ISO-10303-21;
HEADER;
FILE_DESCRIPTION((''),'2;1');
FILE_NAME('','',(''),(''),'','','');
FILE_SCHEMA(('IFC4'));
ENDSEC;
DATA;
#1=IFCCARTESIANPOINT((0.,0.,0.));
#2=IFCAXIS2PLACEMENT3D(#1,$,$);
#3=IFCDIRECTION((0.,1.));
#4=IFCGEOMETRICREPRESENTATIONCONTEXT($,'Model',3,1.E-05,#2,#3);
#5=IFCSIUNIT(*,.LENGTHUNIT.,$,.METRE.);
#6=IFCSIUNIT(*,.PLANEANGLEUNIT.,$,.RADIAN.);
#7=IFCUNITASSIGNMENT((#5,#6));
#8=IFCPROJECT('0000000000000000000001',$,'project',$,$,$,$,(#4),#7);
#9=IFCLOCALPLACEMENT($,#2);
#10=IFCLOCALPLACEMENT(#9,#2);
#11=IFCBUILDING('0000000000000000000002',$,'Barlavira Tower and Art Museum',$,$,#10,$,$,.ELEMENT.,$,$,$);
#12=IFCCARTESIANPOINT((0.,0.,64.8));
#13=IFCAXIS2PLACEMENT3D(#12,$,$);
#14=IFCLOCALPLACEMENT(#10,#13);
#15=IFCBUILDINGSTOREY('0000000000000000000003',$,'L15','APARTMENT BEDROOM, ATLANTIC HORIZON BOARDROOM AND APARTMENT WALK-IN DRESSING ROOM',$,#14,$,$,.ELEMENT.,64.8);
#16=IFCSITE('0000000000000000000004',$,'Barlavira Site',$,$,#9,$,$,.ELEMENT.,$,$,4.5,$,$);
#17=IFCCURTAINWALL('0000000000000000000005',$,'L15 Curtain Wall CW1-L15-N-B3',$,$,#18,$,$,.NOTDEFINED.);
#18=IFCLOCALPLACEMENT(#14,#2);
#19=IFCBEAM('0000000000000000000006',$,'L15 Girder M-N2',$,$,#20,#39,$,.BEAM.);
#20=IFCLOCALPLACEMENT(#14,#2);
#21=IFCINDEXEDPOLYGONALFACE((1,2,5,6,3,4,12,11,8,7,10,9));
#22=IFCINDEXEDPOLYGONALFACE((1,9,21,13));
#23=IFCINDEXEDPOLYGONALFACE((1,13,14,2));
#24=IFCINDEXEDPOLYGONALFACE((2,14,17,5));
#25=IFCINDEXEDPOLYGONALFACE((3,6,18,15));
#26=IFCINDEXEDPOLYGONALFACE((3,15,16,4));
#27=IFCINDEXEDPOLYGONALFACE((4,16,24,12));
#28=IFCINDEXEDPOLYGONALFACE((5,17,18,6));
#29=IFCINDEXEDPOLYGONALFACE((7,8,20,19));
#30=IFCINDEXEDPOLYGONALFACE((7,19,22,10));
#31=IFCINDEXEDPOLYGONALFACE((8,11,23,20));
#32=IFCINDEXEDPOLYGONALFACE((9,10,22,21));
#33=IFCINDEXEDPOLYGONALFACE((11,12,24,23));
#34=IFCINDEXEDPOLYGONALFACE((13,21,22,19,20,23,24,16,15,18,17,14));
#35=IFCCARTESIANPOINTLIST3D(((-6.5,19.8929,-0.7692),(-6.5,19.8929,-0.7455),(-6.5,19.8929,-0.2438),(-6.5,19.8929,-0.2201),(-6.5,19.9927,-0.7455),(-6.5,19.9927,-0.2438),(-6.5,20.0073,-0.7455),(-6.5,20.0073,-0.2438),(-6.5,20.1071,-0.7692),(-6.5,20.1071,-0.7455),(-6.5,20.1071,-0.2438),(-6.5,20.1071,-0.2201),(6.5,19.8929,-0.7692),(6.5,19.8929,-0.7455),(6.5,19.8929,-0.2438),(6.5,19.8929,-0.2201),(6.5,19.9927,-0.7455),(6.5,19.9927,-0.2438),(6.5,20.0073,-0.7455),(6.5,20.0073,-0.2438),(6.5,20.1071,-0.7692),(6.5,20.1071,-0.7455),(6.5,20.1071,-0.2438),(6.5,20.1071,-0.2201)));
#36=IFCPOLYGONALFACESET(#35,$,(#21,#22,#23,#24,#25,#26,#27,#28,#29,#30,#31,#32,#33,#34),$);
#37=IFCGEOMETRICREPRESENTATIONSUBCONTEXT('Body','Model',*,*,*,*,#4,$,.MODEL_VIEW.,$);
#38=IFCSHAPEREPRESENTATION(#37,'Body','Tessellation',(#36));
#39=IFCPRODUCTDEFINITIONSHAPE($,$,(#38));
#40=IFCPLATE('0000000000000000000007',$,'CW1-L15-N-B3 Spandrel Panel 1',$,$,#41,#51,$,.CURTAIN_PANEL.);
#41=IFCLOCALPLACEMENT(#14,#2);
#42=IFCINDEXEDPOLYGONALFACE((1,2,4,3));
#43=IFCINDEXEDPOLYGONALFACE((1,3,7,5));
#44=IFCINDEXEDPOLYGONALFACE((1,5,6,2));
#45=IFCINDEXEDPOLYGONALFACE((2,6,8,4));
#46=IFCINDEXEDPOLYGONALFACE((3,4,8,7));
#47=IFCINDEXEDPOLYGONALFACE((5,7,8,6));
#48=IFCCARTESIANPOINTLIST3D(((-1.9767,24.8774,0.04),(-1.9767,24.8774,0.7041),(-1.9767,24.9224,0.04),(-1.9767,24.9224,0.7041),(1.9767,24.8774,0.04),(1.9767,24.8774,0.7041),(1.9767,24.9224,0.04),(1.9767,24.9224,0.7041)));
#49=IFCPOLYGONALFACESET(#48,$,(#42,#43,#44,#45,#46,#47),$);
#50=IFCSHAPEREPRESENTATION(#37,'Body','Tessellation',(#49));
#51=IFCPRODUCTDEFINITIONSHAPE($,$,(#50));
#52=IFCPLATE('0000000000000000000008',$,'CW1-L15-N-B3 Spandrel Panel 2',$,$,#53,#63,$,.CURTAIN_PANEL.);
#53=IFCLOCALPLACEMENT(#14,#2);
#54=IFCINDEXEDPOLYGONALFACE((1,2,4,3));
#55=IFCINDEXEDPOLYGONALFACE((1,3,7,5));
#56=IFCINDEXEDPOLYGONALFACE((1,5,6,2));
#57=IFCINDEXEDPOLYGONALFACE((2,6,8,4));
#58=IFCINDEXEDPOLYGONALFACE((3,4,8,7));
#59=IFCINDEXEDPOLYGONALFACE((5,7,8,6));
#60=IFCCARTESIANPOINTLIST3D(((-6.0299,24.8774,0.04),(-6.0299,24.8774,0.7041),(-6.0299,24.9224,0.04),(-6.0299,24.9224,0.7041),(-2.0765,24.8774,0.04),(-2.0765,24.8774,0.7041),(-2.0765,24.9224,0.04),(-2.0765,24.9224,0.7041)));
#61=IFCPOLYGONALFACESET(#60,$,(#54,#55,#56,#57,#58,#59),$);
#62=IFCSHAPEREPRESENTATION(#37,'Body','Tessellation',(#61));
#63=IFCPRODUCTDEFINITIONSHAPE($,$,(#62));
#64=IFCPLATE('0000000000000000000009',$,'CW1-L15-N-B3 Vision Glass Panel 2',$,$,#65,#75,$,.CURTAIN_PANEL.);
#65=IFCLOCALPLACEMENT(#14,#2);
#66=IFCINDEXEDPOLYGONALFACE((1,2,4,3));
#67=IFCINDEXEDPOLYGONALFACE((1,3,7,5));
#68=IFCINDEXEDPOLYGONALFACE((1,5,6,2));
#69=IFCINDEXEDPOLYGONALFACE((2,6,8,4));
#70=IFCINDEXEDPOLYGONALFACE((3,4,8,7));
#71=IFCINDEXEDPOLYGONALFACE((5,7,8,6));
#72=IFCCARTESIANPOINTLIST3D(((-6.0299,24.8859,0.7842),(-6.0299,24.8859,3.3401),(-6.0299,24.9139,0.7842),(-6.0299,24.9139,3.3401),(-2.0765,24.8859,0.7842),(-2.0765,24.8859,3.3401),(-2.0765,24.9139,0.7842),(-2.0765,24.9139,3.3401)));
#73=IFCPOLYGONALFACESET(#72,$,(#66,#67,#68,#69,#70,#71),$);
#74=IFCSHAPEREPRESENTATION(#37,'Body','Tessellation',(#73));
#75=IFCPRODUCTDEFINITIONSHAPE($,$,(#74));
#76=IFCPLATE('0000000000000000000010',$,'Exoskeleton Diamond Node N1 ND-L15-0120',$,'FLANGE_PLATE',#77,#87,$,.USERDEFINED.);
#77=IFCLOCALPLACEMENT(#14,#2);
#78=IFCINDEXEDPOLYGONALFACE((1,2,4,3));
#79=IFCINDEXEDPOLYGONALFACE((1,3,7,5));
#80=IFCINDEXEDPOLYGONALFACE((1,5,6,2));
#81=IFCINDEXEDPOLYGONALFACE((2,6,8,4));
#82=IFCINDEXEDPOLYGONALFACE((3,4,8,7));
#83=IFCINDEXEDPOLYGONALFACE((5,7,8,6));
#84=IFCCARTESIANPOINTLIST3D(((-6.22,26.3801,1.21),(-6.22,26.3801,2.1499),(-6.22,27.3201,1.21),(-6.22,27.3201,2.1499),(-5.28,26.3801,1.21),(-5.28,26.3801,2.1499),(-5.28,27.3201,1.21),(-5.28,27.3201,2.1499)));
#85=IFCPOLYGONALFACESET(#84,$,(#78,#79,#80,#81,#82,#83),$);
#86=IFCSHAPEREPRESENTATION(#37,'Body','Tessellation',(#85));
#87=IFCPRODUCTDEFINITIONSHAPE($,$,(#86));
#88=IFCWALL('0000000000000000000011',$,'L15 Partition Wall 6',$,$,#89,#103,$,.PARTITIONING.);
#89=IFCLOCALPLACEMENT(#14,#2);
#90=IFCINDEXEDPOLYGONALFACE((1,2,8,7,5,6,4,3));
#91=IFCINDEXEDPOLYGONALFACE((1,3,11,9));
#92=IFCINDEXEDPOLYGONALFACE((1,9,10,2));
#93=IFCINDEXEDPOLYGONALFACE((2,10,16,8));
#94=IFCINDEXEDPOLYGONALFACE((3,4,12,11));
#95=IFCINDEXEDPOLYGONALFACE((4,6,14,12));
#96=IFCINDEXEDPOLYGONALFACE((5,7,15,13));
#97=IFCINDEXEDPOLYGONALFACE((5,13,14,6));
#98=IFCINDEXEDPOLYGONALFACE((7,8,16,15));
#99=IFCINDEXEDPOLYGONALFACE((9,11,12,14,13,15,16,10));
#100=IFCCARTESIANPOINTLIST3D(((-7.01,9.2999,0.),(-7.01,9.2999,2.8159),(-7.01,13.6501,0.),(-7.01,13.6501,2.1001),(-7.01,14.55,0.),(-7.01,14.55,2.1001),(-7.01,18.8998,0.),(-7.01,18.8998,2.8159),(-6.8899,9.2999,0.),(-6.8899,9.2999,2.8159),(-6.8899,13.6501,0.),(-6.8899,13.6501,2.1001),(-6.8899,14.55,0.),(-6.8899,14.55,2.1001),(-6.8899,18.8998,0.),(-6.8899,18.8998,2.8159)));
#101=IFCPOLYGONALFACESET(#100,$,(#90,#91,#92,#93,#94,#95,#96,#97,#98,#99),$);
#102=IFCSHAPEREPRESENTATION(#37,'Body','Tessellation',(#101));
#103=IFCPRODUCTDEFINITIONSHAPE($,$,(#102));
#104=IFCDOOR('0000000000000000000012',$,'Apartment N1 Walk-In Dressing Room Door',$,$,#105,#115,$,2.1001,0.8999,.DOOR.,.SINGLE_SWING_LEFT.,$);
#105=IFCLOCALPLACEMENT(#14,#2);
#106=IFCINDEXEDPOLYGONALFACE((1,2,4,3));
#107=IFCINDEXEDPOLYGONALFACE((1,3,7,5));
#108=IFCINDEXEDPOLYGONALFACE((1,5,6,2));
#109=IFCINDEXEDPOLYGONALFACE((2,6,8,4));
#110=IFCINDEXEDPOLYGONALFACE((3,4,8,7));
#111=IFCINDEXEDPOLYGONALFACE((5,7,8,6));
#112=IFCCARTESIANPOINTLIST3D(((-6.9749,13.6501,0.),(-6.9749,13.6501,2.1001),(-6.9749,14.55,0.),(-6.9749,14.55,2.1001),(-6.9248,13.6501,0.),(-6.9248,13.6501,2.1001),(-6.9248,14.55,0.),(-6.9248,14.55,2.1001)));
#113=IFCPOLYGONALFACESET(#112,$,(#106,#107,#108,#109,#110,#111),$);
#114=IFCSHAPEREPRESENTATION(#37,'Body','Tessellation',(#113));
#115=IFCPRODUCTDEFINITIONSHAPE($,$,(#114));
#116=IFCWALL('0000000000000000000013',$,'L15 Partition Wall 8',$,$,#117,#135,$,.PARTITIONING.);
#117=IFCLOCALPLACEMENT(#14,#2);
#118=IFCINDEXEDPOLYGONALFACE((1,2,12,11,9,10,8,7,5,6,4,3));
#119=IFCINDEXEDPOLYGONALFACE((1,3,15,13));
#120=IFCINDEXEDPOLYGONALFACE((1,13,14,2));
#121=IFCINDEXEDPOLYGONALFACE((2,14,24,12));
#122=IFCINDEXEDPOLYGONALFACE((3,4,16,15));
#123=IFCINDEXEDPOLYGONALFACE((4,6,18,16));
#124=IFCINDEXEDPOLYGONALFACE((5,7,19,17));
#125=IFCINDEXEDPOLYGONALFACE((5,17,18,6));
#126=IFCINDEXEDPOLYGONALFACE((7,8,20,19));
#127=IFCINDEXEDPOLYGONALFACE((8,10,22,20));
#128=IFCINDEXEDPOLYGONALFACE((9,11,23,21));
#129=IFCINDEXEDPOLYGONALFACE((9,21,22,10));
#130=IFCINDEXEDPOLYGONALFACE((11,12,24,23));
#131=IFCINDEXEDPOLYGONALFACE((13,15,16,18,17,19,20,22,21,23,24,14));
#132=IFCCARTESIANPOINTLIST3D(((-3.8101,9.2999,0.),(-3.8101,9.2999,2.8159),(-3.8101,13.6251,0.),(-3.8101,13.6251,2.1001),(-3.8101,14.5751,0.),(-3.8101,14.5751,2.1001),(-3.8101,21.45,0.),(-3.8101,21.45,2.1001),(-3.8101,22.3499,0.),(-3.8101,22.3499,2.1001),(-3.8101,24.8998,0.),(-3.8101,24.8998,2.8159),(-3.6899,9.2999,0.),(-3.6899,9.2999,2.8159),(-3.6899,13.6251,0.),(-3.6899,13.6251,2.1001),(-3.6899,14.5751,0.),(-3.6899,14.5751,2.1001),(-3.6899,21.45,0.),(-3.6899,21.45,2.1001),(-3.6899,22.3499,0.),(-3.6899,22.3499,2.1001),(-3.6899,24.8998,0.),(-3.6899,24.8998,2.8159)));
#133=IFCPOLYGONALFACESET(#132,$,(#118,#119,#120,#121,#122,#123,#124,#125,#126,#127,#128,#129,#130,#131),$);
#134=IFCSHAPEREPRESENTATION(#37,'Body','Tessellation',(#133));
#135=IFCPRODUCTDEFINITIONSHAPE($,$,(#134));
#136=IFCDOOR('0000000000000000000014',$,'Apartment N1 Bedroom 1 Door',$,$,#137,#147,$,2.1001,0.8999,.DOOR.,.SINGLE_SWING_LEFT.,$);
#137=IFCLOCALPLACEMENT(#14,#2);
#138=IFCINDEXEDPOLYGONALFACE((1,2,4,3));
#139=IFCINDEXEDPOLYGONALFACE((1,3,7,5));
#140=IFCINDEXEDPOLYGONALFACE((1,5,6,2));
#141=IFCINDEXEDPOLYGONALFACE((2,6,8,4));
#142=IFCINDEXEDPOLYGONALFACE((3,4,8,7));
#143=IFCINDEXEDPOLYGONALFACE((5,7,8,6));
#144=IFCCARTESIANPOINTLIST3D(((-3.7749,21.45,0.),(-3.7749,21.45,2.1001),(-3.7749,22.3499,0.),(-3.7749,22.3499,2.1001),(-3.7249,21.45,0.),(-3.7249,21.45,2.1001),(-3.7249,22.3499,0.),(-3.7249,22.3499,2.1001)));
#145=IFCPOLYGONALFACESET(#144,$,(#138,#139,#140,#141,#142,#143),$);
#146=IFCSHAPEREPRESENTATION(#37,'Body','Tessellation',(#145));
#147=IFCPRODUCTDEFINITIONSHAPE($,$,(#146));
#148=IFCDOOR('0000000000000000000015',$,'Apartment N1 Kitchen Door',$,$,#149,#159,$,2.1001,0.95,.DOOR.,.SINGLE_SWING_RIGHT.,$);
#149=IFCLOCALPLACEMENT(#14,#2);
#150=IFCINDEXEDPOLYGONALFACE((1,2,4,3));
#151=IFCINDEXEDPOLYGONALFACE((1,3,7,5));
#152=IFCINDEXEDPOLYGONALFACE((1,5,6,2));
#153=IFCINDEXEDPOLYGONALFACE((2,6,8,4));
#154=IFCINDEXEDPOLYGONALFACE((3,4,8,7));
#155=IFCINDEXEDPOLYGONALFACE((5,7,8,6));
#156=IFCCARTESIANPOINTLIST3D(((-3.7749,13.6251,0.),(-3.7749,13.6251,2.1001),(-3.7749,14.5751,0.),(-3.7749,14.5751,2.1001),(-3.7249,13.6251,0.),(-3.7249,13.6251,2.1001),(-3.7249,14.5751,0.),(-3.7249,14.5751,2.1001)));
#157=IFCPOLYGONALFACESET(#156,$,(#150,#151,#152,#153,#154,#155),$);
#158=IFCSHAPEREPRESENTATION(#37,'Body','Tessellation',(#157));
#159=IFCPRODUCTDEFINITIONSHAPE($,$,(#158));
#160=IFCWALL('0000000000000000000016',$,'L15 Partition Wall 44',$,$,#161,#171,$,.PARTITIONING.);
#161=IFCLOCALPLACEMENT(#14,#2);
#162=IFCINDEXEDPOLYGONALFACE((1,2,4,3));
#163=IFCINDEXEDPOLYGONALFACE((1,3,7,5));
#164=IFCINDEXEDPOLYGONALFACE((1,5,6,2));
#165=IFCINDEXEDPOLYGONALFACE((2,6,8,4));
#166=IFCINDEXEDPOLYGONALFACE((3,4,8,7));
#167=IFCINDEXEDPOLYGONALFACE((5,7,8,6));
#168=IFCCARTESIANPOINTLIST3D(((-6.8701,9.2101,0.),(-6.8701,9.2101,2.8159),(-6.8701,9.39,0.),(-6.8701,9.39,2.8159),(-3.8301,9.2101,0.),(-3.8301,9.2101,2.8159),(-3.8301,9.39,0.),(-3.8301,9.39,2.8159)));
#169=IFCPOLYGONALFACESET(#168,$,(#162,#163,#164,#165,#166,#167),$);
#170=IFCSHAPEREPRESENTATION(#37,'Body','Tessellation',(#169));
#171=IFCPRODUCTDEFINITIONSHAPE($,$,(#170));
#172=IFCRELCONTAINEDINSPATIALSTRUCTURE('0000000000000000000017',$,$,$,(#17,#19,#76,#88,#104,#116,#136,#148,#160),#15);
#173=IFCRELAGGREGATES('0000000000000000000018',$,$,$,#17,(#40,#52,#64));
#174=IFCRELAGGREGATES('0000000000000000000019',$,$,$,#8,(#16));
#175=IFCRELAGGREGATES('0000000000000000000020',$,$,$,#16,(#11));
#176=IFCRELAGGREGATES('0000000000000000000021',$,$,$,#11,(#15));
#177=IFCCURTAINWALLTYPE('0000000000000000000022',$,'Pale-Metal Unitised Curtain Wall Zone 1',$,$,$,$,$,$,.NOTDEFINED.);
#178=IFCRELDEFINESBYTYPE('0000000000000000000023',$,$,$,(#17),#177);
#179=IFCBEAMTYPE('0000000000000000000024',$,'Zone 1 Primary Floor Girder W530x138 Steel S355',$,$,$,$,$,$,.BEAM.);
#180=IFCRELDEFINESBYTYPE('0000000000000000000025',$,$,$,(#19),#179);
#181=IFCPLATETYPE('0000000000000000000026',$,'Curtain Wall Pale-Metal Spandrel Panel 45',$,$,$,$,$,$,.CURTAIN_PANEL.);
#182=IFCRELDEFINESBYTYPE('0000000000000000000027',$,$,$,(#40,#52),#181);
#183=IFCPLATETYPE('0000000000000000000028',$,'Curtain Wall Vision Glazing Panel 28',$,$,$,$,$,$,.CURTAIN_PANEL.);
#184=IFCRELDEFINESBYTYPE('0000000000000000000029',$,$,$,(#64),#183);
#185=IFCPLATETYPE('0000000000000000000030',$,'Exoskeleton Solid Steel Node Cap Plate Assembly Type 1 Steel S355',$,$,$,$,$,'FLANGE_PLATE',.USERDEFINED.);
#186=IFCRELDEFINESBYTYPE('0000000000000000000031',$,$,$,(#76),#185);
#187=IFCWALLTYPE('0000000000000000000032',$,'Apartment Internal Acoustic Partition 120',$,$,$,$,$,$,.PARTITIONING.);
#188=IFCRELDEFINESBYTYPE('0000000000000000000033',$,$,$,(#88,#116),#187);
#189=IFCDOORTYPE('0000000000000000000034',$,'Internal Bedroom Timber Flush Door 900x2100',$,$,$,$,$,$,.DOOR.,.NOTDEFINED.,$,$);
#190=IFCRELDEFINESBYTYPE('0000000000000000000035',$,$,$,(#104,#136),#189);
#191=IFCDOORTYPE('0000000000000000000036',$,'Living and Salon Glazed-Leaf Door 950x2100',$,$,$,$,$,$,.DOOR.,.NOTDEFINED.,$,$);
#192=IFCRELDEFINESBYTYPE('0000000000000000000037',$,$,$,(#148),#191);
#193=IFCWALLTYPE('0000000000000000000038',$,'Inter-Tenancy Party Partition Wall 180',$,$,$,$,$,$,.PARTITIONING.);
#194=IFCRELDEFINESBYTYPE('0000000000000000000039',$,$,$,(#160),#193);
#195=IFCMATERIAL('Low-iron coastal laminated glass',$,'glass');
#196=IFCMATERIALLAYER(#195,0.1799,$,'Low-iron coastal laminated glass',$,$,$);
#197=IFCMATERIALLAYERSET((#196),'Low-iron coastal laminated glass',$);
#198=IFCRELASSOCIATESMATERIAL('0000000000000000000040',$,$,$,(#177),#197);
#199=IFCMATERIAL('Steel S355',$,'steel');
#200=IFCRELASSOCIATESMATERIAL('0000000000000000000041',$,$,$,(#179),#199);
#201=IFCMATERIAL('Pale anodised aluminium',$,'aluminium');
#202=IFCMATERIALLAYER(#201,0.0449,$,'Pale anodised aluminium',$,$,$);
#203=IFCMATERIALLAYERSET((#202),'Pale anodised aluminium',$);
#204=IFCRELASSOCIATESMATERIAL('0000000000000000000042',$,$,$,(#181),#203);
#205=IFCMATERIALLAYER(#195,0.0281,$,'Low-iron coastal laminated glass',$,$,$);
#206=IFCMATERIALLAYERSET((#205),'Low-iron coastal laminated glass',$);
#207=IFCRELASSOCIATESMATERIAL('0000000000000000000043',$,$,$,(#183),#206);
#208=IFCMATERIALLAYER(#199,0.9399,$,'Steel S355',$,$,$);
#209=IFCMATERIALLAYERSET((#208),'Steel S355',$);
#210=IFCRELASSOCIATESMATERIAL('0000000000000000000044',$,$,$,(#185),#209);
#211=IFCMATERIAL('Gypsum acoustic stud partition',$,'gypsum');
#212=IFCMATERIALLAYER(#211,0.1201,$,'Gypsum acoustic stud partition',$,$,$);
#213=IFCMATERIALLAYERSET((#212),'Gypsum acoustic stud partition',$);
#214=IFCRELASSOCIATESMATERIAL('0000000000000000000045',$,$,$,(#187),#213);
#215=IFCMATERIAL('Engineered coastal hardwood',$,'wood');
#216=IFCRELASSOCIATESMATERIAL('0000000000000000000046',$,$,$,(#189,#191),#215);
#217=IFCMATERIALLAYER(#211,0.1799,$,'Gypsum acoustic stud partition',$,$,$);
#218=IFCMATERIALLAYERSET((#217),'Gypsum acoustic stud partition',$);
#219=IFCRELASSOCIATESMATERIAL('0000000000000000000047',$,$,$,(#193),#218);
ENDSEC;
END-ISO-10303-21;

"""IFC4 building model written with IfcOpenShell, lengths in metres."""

from ifc_helpers import new_model, si_unit, direction, frame, frame_2d, origin, origin_2d, place, context, subcontext, project, spatial, rectangle, i_section, extrude, material, layer, layer_set, material_profile, profile_set, type_object, element, fill, aggregate, save


model = new_model("IFC4")

# Units and contexts
model_context = context("Model", 3, precision=1e-05, world=origin(), true_north=direction((0.0, 1.0)))
body_context = subcontext(model_context, "Body", "Model", "MODEL_VIEW")
ifc_project = project(units=[si_unit("LENGTHUNIT", "METRE"), si_unit("PLANEANGLEUNIT", "RADIAN")], contexts=[model_context])

# Site, building, storey
site_placement = place(None, origin())
site = spatial("IfcSite", under=ifc_project, at=site_placement, Name="Barlavira Site", CompositionType="ELEMENT", RefElevation=4.5)
building_placement = place(site_placement, origin())
building = spatial("IfcBuilding", under=site, at=building_placement, Name="Barlavira Tower and Art Museum", CompositionType="ELEMENT")
storey_placement = place(building_placement, frame((0.0, 0.0, 64.8)))
storey = spatial("IfcBuildingStorey", under=building, at=storey_placement, Name="L15", Description="APARTMENT BEDROOM, ATLANTIC HORIZON BOARDROOM AND APARTMENT WALK-IN DRESSING ROOM", CompositionType="ELEMENT", Elevation=64.8)

# Curtain wall
ifc_material_1 = material(Name="Low-iron coastal laminated glass", Category="glass")
ifc_layer_1 = layer(ifc_material_1, 0.1799, Name="Low-iron coastal laminated glass")
ifc_layer_set_1 = layer_set([ifc_layer_1], Name="Low-iron coastal laminated glass")
curtain_wall_type = type_object("IfcCurtainWallType", Name="Pale-Metal Unitised Curtain Wall Zone 1", PredefinedType="NOTDEFINED", material=ifc_layer_set_1)
curtain_wall_placement = place(storey_placement, origin())
curtain_wall = element("IfcCurtainWall", 1, at=curtain_wall_placement, inside=storey, type_object=curtain_wall_type, Name="L15 Curtain Wall CW1-L15-N-B3", PredefinedType="NOTDEFINED")
ifc_material_2 = material(Name="Pale anodised aluminium", Category="aluminium")

# Beam
ifc_material_3 = material(Name="Steel S355", Category="steel")
ifc_material_profile_1 = material_profile(ifc_material_3, i_section(OverallWidth=0.2141, OverallDepth=0.5491, WebThickness=0.0146, FlangeThickness=0.0237, at=origin_2d()), Name="W530x138.0")
ifc_profile_set_1 = profile_set([ifc_material_profile_1], Name="Steel S355")
beam_type_1 = type_object("IfcBeamType", Name="Zone 1 Primary Floor Girder W530x138 Steel S355", PredefinedType="BEAM", material=ifc_profile_set_1)
beam_1_placement = place(storey_placement, frame((-6.5, 20.0, -0.4946), z_axis=(1.0, 0.0, 0.0), x_axis=(0.0, 1.0, 0.0)))
element("IfcBeam", 2, at=beam_1_placement, inside=storey, type_object=beam_type_1, Name="L15 Girder M-N2", PredefinedType="BEAM", context=body_context, shape_type="SweptSolid", body=[
    extrude(i_section(OverallWidth=0.2141, OverallDepth=0.5491, WebThickness=0.0146, FlangeThickness=0.0237, at=origin_2d()), origin(), (0.0, 0.0, 1.0), 13.0),
])

# Plates
ifc_layer_2 = layer(ifc_material_2, 0.0449, Name="Pale anodised aluminium")
ifc_layer_set_2 = layer_set([ifc_layer_2], Name="Pale anodised aluminium")
plate_type_1 = type_object("IfcPlateType", Name="Curtain Wall Pale-Metal Spandrel Panel 45", PredefinedType="CURTAIN_PANEL", material=ifc_layer_set_2)
plate_1_placement = place(storey_placement, frame((0.0, 24.8999, 0.04), z_axis=(0.0, 0.0, 1.0), x_axis=(-1.0, 0.0, 0.0)))
plate_1 = element("IfcPlate", 3, at=plate_1_placement, type_object=plate_type_1, Name="CW1-L15-N-B3 Spandrel Panel 1", PredefinedType="CURTAIN_PANEL", context=body_context, shape_type="SweptSolid", body=[
    extrude(rectangle(XDim=3.9534, YDim=0.0449, at=origin_2d()), origin(), (0.0, 0.0, 1.0), 0.6641),
])
plate_2_placement = place(storey_placement, frame((-4.0532, 24.8999, 0.04), z_axis=(0.0, 0.0, 1.0), x_axis=(-1.0, 0.0, 0.0)))
plate_2 = element("IfcPlate", 4, at=plate_2_placement, type_object=plate_type_1, Name="CW1-L15-N-B3 Spandrel Panel 2", PredefinedType="CURTAIN_PANEL", context=body_context, shape_type="SweptSolid", body=[
    extrude(rectangle(XDim=3.9534, YDim=0.0449, at=origin_2d()), origin(), (0.0, 0.0, 1.0), 0.6641),
])
ifc_layer_3 = layer(ifc_material_1, 0.0281, Name="Low-iron coastal laminated glass")
ifc_layer_set_3 = layer_set([ifc_layer_3], Name="Low-iron coastal laminated glass")
plate_type_2 = type_object("IfcPlateType", Name="Curtain Wall Vision Glazing Panel 28", PredefinedType="CURTAIN_PANEL", material=ifc_layer_set_3)
plate_3_placement = place(storey_placement, frame((-4.0532, 24.8999, 0.7842), z_axis=(0.0, 0.0, 1.0), x_axis=(-1.0, 0.0, 0.0)))
plate_3 = element("IfcPlate", 5, at=plate_3_placement, type_object=plate_type_2, Name="CW1-L15-N-B3 Vision Glass Panel 2", PredefinedType="CURTAIN_PANEL", context=body_context, shape_type="SweptSolid", body=[
    extrude(rectangle(XDim=3.9534, YDim=0.0281, at=origin_2d()), origin(), (0.0, 0.0, 1.0), 2.5559),
])
aggregate(curtain_wall, [plate_1, plate_2, plate_3])
ifc_layer_4 = layer(ifc_material_3, 0.9399, Name="Steel S355")
ifc_layer_set_4 = layer_set([ifc_layer_4], Name="Steel S355")
plate_type_3 = type_object("IfcPlateType", Name="Exoskeleton Solid Steel Node Cap Plate Assembly Type 1 Steel S355", ElementType="FLANGE_PLATE", PredefinedType="USERDEFINED", material=ifc_layer_set_4)
plate_4_placement = place(storey_placement, frame((-5.75, 26.8501, 1.21), z_axis=(0.0, 0.0, 1.0), x_axis=(1.0, 0.0, 0.0)))
element("IfcPlate", 6, at=plate_4_placement, inside=storey, type_object=plate_type_3, Name="Exoskeleton Diamond Node N1 ND-L15-0120", ObjectType="FLANGE_PLATE", PredefinedType="USERDEFINED", context=body_context, shape_type="SweptSolid", body=[
    extrude(rectangle(XDim=0.9399, YDim=0.9399, at=origin_2d()), origin(), (0.0, 0.0, 1.0), 0.9399),
])

# Wall, opening, door
ifc_material_4 = material(Name="Gypsum acoustic stud partition", Category="gypsum")
ifc_layer_5 = layer(ifc_material_4, 0.1201, Name="Gypsum acoustic stud partition")
ifc_layer_set_5 = layer_set([ifc_layer_5], Name="Gypsum acoustic stud partition")
wall_type_1 = type_object("IfcWallType", Name="Apartment Internal Acoustic Partition 120", PredefinedType="PARTITIONING", material=ifc_layer_set_5)
wall_1_placement = place(storey_placement, frame((-6.95, 9.3, 0.0), z_axis=(0.0, 0.0, 1.0), x_axis=(0.0, 1.0, 0.0)))
wall_1 = element("IfcWall", 7, at=wall_1_placement, inside=storey, type_object=wall_type_1, Name="L15 Partition Wall 6", PredefinedType="PARTITIONING", context=body_context, shape_type="SweptSolid", body=[
    extrude(rectangle(XDim=9.5999, YDim=0.1201, at=frame_2d((4.7998, 0.0))), origin(), (0.0, 0.0, 1.0), 2.8159),
])
opening_1_placement = place(wall_1_placement, frame((4.3501, 0.0, 0.0)))
opening_1 = element("IfcOpeningElement", 8, at=opening_1_placement, cuts=wall_1, PredefinedType="OPENING", context=body_context, shape_type="SweptSolid", body=[
    extrude(rectangle(XDim=0.8999, YDim=2.1001, at=frame_2d((0.45, 1.05))), frame((0.0, 0.0701, 0.0), z_axis=(0.0, -1.0, 0.0), x_axis=(1.0, 0.0, 0.0)), (0.0, 0.0, 1.0), 0.1401),
])
ifc_material_5 = material(Name="Engineered coastal hardwood", Category="wood")
door_type_1 = type_object("IfcDoorType", Name="Internal Bedroom Timber Flush Door 900x2100", OperationType="NOTDEFINED", PredefinedType="DOOR", material=ifc_material_5)
door_1_placement = place(opening_1_placement, origin())
door_1 = element("IfcDoor", 9, at=door_1_placement, inside=storey, type_object=door_type_1, Name="Apartment N1 Walk-In Dressing Room Door", OperationType="SINGLE_SWING_LEFT", OverallHeight=2.1001, OverallWidth=0.8999, PredefinedType="DOOR", context=body_context, shape_type="SweptSolid", body=[
    extrude(rectangle(XDim=0.8999, YDim=2.1001, at=frame_2d((0.45, 1.05))), frame((0.0, 0.0249, 0.0), z_axis=(0.0, -1.0, 0.0), x_axis=(1.0, 0.0, 0.0)), (0.0, 0.0, 1.0), 0.05),
])
fill(opening_1, door_1)

# Wall, openings, doors
wall_2_placement = place(storey_placement, frame((-3.75, 9.3, 0.0), z_axis=(0.0, 0.0, 1.0), x_axis=(0.0, 1.0, 0.0)))
wall_2 = element("IfcWall", 10, at=wall_2_placement, inside=storey, type_object=wall_type_1, Name="L15 Partition Wall 8", PredefinedType="PARTITIONING", context=body_context, shape_type="SweptSolid", body=[
    extrude(rectangle(XDim=15.5999, YDim=0.1201, at=frame_2d((7.7998, 0.0))), origin(), (0.0, 0.0, 1.0), 2.8159),
])
opening_2_placement = place(wall_2_placement, frame((4.325, 0.0, 0.0)))
opening_2 = element("IfcOpeningElement", 11, at=opening_2_placement, cuts=wall_2, PredefinedType="OPENING", context=body_context, shape_type="SweptSolid", body=[
    extrude(rectangle(XDim=0.95, YDim=2.1001, at=frame_2d((0.4751, 1.05))), frame((0.0, 0.0701, 0.0), z_axis=(0.0, -1.0, 0.0), x_axis=(1.0, 0.0, 0.0)), (0.0, 0.0, 1.0), 0.1401),
])
opening_3_placement = place(wall_2_placement, frame((12.1499, 0.0, 0.0)))
opening_3 = element("IfcOpeningElement", 12, at=opening_3_placement, cuts=wall_2, PredefinedType="OPENING", context=body_context, shape_type="SweptSolid", body=[
    extrude(rectangle(XDim=0.8999, YDim=2.1001, at=frame_2d((0.45, 1.05))), frame((0.0, 0.0701, 0.0), z_axis=(0.0, -1.0, 0.0), x_axis=(1.0, 0.0, 0.0)), (0.0, 0.0, 1.0), 0.1401),
])
door_2_placement = place(opening_3_placement, origin())
door_2 = element("IfcDoor", 13, at=door_2_placement, inside=storey, type_object=door_type_1, Name="Apartment N1 Bedroom 1 Door", OperationType="SINGLE_SWING_LEFT", OverallHeight=2.1001, OverallWidth=0.8999, PredefinedType="DOOR", context=body_context, shape_type="SweptSolid", body=[
    extrude(rectangle(XDim=0.8999, YDim=2.1001, at=frame_2d((0.45, 1.05))), frame((0.0, 0.0249, 0.0), z_axis=(0.0, -1.0, 0.0), x_axis=(1.0, 0.0, 0.0)), (0.0, 0.0, 1.0), 0.05),
])
fill(opening_3, door_2)
door_type_2 = type_object("IfcDoorType", Name="Living and Salon Glazed-Leaf Door 950x2100", OperationType="NOTDEFINED", PredefinedType="DOOR", material=ifc_material_5)
door_3_placement = place(opening_2_placement, origin())
door_3 = element("IfcDoor", 14, at=door_3_placement, inside=storey, type_object=door_type_2, Name="Apartment N1 Kitchen Door", OperationType="SINGLE_SWING_RIGHT", OverallHeight=2.1001, OverallWidth=0.95, PredefinedType="DOOR", context=body_context, shape_type="SweptSolid", body=[
    extrude(rectangle(XDim=0.95, YDim=2.1001, at=frame_2d((0.4751, 1.05))), frame((0.0, 0.0249, 0.0), z_axis=(0.0, -1.0, 0.0), x_axis=(1.0, 0.0, 0.0)), (0.0, 0.0, 1.0), 0.05),
])
fill(opening_2, door_3)

# Wall
ifc_layer_6 = layer(ifc_material_4, 0.1799, Name="Gypsum acoustic stud partition")
ifc_layer_set_6 = layer_set([ifc_layer_6], Name="Gypsum acoustic stud partition")
wall_type_2 = type_object("IfcWallType", Name="Inter-Tenancy Party Partition Wall 180", PredefinedType="PARTITIONING", material=ifc_layer_set_6)
wall_3_placement = place(storey_placement, frame((-6.8701, 9.3, 0.0), z_axis=(0.0, 0.0, 1.0), x_axis=(1.0, 0.0, 0.0)))
element("IfcWall", 15, at=wall_3_placement, inside=storey, type_object=wall_type_2, Name="L15 Partition Wall 44", PredefinedType="PARTITIONING", context=body_context, shape_type="SweptSolid", body=[
    extrude(rectangle(XDim=3.04, YDim=0.1799, at=frame_2d((1.52, 0.0))), origin(), (0.0, 0.0, 1.0), 2.8159),
])

save(model, "model.ifc")
